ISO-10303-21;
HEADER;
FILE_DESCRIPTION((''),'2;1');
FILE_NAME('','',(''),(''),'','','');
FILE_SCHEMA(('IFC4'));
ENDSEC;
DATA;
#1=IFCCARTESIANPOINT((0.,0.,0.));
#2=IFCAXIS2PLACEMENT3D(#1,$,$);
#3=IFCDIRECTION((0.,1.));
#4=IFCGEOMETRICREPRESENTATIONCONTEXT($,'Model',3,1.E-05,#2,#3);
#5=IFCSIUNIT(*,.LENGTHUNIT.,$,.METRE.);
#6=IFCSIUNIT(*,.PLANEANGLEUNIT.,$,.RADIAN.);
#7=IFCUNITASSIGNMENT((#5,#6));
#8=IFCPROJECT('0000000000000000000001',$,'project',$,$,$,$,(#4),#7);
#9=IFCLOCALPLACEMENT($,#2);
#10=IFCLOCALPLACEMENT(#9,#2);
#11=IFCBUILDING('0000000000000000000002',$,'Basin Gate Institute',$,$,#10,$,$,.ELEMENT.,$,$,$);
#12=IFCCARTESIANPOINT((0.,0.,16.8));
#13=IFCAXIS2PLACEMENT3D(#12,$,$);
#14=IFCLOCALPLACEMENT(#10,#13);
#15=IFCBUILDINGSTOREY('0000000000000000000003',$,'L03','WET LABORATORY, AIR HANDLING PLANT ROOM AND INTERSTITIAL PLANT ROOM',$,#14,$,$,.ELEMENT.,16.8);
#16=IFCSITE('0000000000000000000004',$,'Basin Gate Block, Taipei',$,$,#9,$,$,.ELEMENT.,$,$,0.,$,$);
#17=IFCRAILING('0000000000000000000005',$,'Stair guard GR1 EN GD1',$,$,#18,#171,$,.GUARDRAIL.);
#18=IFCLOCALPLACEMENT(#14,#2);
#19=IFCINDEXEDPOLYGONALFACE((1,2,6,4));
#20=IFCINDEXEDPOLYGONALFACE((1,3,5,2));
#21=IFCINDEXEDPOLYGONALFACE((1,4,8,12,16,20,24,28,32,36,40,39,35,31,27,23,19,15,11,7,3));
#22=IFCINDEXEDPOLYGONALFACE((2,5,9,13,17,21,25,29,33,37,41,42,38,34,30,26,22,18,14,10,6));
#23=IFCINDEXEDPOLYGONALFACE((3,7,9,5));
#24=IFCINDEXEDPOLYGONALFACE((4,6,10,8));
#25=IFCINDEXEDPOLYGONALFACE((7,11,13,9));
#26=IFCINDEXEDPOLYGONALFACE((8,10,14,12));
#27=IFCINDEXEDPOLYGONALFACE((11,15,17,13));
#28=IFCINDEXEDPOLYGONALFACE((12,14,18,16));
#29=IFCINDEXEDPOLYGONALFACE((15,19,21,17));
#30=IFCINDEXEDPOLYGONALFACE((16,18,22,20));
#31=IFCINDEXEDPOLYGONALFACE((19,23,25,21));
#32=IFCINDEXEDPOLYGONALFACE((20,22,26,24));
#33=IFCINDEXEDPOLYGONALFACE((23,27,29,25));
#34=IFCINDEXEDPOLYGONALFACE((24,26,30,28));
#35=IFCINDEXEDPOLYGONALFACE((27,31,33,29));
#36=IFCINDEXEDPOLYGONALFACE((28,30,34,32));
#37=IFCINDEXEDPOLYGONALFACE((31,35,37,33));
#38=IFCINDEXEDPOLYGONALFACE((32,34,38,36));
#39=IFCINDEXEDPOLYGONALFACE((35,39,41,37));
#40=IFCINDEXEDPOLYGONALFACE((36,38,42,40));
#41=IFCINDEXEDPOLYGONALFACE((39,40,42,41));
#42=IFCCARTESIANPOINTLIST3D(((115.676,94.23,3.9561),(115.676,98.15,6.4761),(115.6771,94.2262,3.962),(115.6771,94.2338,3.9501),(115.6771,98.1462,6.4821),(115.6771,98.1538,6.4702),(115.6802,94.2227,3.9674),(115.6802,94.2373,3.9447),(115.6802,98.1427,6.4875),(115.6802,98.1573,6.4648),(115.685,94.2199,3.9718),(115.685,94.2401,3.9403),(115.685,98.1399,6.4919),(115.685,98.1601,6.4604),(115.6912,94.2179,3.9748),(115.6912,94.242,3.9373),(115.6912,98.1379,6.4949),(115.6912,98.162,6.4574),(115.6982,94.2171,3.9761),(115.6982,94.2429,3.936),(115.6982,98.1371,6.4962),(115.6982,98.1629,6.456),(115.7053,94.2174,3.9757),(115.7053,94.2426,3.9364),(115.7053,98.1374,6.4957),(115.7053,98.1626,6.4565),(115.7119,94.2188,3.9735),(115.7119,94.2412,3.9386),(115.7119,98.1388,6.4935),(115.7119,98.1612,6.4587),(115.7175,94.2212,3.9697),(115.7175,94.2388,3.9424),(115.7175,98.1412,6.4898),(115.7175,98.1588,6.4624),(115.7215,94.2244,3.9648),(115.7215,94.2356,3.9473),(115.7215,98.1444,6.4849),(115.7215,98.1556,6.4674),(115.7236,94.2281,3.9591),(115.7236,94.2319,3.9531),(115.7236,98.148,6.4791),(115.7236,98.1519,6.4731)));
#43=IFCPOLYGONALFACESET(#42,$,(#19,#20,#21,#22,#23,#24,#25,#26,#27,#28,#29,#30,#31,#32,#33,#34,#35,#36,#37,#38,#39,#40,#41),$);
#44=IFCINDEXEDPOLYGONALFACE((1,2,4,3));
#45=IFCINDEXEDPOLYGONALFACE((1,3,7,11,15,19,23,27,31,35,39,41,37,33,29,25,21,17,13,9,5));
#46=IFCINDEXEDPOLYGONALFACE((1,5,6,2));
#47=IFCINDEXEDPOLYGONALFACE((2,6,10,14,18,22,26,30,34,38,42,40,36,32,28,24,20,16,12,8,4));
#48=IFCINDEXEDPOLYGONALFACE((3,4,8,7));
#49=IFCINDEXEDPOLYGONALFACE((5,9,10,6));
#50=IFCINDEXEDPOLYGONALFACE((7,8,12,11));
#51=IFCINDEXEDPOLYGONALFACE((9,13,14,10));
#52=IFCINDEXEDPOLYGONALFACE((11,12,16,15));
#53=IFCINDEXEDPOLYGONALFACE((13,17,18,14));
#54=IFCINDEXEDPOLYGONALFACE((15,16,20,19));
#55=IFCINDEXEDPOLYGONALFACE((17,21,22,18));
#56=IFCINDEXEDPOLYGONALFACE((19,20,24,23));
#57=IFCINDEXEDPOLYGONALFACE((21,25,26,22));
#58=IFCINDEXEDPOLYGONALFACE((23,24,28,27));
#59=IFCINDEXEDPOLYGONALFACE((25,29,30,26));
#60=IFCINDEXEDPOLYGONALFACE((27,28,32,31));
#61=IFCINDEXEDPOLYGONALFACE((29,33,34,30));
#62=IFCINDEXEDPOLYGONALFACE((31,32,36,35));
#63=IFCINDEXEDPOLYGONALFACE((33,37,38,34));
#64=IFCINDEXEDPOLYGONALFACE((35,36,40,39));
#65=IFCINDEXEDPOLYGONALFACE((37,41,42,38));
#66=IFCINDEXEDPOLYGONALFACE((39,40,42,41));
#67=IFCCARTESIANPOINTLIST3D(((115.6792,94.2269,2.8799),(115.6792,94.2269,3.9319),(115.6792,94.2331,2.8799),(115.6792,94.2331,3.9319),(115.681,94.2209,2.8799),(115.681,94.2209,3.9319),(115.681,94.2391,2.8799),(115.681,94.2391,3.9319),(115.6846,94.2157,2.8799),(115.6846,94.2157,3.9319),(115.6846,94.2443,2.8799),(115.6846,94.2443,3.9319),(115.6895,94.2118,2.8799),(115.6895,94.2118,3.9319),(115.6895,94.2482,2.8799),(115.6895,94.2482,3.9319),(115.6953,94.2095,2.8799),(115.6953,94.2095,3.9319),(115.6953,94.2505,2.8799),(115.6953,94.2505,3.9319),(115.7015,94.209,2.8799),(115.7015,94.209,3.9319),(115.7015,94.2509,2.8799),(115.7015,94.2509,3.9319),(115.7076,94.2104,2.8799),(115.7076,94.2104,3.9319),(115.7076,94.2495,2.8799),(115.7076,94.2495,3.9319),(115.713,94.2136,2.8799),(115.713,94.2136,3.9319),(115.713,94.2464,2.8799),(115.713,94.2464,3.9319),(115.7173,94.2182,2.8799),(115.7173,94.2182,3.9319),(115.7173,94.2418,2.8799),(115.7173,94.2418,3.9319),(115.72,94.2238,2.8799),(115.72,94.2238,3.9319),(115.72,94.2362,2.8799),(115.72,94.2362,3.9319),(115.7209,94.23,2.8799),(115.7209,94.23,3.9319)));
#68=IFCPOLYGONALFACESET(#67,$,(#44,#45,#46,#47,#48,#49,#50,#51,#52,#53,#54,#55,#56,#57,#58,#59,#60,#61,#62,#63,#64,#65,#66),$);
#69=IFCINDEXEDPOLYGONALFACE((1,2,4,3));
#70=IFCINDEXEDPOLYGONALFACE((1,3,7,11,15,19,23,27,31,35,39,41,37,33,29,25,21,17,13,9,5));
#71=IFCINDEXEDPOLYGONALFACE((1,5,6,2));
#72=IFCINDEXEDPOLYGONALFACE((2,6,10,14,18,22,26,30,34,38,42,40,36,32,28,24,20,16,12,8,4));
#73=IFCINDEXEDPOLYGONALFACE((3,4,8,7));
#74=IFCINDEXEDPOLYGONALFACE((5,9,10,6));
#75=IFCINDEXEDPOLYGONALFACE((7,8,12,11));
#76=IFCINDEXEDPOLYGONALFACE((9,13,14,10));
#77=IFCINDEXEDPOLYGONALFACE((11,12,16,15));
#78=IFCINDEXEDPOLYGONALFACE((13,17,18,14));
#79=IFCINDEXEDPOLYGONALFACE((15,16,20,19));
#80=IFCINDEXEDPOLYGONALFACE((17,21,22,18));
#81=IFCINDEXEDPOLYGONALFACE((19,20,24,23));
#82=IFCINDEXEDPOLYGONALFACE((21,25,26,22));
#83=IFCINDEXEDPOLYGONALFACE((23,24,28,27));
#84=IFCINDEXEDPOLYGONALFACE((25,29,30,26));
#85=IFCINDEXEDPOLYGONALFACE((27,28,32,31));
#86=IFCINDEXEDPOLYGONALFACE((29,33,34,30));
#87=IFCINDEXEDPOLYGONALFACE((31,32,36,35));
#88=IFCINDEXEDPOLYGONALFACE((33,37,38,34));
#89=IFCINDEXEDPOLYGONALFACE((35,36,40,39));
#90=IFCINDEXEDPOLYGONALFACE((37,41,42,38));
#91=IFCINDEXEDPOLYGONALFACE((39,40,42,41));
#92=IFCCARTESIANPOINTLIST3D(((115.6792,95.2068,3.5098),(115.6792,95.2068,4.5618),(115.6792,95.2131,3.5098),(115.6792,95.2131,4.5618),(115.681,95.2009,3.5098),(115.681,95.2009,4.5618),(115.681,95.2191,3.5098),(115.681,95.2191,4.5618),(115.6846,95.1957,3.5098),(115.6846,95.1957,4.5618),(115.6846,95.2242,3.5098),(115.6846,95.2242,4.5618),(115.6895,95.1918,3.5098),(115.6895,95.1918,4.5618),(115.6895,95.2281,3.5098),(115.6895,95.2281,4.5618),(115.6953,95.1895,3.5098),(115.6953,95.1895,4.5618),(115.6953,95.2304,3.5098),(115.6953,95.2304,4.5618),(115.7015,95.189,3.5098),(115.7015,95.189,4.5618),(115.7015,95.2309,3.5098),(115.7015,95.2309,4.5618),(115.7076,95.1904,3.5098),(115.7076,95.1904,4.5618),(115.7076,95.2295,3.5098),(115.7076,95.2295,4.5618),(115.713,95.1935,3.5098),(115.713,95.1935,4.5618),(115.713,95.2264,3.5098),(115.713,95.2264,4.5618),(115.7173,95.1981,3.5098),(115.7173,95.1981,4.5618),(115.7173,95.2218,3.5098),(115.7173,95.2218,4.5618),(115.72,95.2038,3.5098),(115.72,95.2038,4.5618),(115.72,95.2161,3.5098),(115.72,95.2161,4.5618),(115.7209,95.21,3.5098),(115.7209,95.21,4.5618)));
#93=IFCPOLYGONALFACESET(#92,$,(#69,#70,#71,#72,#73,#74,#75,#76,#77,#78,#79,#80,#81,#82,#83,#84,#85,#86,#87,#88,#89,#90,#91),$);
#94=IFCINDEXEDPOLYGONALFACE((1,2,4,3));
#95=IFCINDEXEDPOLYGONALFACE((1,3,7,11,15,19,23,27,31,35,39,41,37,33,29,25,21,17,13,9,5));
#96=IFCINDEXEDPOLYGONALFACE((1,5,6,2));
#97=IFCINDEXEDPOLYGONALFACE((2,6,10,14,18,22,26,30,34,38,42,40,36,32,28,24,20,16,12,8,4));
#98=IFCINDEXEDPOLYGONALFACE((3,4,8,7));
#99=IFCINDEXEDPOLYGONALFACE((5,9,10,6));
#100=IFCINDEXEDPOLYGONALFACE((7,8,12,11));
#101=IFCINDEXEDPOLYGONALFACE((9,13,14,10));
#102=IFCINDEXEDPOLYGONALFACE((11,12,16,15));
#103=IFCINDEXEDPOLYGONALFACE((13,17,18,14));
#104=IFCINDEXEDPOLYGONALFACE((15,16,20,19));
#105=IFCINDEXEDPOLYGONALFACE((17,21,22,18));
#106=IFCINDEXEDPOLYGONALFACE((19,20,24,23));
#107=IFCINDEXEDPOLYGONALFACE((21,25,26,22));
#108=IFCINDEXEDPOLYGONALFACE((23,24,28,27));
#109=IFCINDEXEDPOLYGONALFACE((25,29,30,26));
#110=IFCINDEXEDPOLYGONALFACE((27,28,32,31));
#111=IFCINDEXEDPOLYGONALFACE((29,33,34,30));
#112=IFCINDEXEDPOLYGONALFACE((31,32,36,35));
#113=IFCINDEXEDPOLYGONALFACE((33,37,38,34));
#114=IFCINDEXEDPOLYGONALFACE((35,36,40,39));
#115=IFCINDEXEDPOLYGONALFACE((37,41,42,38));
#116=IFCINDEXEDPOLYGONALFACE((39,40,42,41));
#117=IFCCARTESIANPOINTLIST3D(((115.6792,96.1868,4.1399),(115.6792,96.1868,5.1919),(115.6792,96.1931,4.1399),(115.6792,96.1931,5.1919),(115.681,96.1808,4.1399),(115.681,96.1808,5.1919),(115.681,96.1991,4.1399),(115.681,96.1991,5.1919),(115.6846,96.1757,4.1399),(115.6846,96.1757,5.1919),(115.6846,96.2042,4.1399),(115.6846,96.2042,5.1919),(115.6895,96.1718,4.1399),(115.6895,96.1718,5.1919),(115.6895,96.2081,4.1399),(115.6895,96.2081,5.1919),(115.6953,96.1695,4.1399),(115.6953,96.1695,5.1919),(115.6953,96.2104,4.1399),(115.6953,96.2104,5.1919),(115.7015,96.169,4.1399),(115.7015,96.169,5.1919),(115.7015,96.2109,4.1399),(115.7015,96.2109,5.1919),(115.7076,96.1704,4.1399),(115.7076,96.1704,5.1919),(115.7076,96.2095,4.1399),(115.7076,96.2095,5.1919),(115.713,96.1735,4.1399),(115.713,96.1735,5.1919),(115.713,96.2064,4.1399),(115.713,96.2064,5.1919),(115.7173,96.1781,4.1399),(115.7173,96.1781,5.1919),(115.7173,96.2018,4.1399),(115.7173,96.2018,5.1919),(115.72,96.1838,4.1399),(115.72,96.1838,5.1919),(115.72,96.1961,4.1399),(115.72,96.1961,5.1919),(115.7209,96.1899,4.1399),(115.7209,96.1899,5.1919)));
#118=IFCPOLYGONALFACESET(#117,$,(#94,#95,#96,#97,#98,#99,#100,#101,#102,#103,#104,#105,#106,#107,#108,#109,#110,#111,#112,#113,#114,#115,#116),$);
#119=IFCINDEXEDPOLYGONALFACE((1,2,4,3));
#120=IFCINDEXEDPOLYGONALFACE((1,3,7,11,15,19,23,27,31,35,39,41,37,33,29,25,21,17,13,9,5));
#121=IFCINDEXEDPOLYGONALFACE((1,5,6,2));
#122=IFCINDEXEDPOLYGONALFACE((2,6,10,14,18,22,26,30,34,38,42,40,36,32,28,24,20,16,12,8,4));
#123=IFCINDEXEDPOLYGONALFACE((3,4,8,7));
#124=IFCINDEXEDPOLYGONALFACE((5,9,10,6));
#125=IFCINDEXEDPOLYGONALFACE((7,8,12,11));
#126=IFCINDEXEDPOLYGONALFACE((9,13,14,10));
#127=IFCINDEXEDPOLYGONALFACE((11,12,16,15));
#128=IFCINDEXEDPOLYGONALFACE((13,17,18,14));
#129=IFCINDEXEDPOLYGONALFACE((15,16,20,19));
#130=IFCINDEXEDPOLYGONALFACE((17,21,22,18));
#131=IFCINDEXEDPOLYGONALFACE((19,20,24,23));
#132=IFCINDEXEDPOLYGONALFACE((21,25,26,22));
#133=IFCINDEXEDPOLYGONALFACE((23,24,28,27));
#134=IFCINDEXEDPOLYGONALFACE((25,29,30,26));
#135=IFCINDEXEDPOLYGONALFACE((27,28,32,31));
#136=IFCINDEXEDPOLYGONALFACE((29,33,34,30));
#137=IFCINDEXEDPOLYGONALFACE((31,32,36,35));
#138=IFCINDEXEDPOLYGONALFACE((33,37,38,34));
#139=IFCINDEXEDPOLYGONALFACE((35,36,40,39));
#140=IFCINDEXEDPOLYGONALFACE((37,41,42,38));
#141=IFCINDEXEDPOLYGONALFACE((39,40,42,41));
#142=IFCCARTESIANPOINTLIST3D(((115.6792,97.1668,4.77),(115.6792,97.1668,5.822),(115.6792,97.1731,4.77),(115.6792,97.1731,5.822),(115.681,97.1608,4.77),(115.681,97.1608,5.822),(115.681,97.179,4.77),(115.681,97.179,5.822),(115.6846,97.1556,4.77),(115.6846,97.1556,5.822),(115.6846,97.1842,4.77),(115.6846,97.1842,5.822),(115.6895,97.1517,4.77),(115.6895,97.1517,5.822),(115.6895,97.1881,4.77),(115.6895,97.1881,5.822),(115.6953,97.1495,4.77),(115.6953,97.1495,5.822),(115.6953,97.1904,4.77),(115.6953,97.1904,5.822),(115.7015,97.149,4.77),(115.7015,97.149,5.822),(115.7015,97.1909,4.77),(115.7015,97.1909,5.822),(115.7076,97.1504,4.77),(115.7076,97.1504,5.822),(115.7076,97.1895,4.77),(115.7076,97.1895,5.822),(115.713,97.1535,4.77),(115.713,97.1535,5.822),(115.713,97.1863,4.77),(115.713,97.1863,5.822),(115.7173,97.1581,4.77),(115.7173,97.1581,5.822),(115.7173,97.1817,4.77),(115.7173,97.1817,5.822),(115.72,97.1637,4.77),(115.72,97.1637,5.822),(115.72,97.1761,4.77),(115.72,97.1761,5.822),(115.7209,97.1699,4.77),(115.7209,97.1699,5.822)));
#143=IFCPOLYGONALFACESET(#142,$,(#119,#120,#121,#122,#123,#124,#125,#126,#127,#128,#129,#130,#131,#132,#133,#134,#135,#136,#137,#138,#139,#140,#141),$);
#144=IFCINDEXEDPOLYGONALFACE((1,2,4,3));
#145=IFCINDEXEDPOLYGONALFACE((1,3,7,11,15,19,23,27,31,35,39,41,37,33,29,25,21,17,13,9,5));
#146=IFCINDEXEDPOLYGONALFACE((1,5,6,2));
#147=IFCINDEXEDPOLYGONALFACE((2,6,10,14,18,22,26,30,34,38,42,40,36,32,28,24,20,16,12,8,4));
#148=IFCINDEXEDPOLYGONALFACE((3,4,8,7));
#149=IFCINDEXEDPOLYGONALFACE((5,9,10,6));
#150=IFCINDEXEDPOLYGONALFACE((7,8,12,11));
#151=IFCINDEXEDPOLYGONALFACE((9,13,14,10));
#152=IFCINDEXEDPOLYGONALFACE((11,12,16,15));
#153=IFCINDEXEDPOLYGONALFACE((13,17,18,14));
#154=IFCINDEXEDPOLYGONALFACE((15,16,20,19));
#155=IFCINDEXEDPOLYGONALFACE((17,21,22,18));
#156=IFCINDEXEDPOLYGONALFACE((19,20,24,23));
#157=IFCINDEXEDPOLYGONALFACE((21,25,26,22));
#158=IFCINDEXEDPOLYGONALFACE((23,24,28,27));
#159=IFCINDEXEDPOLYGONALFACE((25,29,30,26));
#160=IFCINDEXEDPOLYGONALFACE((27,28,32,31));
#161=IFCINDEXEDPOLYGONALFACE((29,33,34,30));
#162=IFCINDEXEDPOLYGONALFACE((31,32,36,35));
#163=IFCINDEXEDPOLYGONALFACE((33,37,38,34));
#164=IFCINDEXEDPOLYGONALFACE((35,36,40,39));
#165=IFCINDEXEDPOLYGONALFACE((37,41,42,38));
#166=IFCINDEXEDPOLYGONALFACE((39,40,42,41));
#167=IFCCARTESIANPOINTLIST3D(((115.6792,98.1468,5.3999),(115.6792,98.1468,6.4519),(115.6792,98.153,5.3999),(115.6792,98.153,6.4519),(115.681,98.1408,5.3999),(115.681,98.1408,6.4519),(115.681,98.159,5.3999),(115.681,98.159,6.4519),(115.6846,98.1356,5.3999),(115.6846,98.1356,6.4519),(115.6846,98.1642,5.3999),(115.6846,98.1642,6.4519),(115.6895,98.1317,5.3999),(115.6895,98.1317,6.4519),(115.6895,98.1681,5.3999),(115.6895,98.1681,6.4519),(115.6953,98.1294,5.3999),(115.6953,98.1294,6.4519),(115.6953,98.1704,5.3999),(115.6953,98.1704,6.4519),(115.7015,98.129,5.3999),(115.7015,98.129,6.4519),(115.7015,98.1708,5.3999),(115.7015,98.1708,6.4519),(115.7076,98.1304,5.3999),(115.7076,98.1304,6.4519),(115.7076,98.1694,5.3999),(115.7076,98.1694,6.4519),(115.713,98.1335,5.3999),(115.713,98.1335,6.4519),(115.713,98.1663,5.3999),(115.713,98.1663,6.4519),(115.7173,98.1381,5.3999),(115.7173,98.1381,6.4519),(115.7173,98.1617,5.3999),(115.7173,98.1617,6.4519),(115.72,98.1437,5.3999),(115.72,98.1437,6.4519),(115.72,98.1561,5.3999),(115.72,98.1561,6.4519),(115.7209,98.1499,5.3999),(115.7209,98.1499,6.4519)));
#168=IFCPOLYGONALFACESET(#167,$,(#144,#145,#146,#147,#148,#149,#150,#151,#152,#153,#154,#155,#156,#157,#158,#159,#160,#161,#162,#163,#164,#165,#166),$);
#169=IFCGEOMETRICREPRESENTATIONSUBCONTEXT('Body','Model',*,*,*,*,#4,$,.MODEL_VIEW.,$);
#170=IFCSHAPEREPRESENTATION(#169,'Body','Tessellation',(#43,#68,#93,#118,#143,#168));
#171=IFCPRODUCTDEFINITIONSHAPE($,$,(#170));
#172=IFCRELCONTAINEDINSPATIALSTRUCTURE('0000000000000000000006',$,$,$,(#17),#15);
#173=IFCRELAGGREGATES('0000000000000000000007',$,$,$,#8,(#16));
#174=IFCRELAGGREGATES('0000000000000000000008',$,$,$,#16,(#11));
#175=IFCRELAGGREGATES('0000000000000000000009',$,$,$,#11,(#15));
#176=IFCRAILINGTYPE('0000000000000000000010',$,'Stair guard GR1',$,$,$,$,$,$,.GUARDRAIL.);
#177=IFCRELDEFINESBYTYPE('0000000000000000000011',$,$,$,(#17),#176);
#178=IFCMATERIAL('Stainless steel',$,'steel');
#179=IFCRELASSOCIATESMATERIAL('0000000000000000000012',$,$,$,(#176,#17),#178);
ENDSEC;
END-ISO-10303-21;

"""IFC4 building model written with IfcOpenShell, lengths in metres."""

from ifc_helpers import new_model, si_unit, direction, frame, origin, origin_2d, place, context, subcontext, project, spatial, circle, extrude, material, type_object, element, save


model = new_model("IFC4")

# Units and contexts
model_context = context("Model", 3, precision=1e-05, world=origin(), true_north=direction((0.0, 1.0)))
body_context = subcontext(model_context, "Body", "Model", "MODEL_VIEW")
ifc_project = project(units=[si_unit("LENGTHUNIT", "METRE"), si_unit("PLANEANGLEUNIT", "RADIAN")], contexts=[model_context])

# Site, building, storey
site_placement = place(None, origin())
site = spatial("IfcSite", under=ifc_project, at=site_placement, Name="Basin Gate Block, Taipei", CompositionType="ELEMENT", RefElevation=0.0)
building_placement = place(site_placement, origin())
building = spatial("IfcBuilding", under=site, at=building_placement, Name="Basin Gate Institute", CompositionType="ELEMENT")
storey_placement = place(building_placement, frame((0.0, 0.0, 16.8)))
storey = spatial("IfcBuildingStorey", under=building, at=storey_placement, Name="L03", Description="WET LABORATORY, AIR HANDLING PLANT ROOM AND INTERSTITIAL PLANT ROOM", CompositionType="ELEMENT", Elevation=16.8)

# Railing
ifc_material_1 = material(Name="Stainless steel", Category="steel")
railing_type_1 = type_object("IfcRailingType", Name="Stair guard GR1", PredefinedType="GUARDRAIL", material=ifc_material_1)
railing_1_placement = place(storey_placement, frame((115.7, 94.23, 2.8799)))
element("IfcRailing", 1, at=railing_1_placement, inside=storey, type_object=railing_type_1, material=ifc_material_1, Name="Stair guard GR1 EN GD1", PredefinedType="GUARDRAIL", context=body_context, shape_type="SweptSolid", body=[
    extrude(circle(Radius=0.0239, at=origin_2d()), frame((0.0, 0.0, 1.0762), z_axis=(0.0, 0.841172, 0.540768), x_axis=(-1.0, 0.0, 0.0)), (0.0, 0.0, 1.0), 4.6602),
    extrude(circle(Radius=0.021, at=origin_2d()), origin(), (0.0, 0.0, 1.0), 1.052),
    extrude(circle(Radius=0.021, at=origin_2d()), frame((0.0, 0.98, 0.6299)), (0.0, 0.0, 1.0), 1.052),
    extrude(circle(Radius=0.021, at=origin_2d()), frame((0.0, 1.96, 1.26)), (0.0, 0.0, 1.0), 1.052),
    extrude(circle(Radius=0.021, at=origin_2d()), frame((0.0, 2.9399, 1.8901)), (0.0, 0.0, 1.0), 1.052),
    extrude(circle(Radius=0.021, at=origin_2d()), frame((0.0, 3.9199, 2.52)), (0.0, 0.0, 1.0), 1.052),
])

save(model, "model.ifc")
